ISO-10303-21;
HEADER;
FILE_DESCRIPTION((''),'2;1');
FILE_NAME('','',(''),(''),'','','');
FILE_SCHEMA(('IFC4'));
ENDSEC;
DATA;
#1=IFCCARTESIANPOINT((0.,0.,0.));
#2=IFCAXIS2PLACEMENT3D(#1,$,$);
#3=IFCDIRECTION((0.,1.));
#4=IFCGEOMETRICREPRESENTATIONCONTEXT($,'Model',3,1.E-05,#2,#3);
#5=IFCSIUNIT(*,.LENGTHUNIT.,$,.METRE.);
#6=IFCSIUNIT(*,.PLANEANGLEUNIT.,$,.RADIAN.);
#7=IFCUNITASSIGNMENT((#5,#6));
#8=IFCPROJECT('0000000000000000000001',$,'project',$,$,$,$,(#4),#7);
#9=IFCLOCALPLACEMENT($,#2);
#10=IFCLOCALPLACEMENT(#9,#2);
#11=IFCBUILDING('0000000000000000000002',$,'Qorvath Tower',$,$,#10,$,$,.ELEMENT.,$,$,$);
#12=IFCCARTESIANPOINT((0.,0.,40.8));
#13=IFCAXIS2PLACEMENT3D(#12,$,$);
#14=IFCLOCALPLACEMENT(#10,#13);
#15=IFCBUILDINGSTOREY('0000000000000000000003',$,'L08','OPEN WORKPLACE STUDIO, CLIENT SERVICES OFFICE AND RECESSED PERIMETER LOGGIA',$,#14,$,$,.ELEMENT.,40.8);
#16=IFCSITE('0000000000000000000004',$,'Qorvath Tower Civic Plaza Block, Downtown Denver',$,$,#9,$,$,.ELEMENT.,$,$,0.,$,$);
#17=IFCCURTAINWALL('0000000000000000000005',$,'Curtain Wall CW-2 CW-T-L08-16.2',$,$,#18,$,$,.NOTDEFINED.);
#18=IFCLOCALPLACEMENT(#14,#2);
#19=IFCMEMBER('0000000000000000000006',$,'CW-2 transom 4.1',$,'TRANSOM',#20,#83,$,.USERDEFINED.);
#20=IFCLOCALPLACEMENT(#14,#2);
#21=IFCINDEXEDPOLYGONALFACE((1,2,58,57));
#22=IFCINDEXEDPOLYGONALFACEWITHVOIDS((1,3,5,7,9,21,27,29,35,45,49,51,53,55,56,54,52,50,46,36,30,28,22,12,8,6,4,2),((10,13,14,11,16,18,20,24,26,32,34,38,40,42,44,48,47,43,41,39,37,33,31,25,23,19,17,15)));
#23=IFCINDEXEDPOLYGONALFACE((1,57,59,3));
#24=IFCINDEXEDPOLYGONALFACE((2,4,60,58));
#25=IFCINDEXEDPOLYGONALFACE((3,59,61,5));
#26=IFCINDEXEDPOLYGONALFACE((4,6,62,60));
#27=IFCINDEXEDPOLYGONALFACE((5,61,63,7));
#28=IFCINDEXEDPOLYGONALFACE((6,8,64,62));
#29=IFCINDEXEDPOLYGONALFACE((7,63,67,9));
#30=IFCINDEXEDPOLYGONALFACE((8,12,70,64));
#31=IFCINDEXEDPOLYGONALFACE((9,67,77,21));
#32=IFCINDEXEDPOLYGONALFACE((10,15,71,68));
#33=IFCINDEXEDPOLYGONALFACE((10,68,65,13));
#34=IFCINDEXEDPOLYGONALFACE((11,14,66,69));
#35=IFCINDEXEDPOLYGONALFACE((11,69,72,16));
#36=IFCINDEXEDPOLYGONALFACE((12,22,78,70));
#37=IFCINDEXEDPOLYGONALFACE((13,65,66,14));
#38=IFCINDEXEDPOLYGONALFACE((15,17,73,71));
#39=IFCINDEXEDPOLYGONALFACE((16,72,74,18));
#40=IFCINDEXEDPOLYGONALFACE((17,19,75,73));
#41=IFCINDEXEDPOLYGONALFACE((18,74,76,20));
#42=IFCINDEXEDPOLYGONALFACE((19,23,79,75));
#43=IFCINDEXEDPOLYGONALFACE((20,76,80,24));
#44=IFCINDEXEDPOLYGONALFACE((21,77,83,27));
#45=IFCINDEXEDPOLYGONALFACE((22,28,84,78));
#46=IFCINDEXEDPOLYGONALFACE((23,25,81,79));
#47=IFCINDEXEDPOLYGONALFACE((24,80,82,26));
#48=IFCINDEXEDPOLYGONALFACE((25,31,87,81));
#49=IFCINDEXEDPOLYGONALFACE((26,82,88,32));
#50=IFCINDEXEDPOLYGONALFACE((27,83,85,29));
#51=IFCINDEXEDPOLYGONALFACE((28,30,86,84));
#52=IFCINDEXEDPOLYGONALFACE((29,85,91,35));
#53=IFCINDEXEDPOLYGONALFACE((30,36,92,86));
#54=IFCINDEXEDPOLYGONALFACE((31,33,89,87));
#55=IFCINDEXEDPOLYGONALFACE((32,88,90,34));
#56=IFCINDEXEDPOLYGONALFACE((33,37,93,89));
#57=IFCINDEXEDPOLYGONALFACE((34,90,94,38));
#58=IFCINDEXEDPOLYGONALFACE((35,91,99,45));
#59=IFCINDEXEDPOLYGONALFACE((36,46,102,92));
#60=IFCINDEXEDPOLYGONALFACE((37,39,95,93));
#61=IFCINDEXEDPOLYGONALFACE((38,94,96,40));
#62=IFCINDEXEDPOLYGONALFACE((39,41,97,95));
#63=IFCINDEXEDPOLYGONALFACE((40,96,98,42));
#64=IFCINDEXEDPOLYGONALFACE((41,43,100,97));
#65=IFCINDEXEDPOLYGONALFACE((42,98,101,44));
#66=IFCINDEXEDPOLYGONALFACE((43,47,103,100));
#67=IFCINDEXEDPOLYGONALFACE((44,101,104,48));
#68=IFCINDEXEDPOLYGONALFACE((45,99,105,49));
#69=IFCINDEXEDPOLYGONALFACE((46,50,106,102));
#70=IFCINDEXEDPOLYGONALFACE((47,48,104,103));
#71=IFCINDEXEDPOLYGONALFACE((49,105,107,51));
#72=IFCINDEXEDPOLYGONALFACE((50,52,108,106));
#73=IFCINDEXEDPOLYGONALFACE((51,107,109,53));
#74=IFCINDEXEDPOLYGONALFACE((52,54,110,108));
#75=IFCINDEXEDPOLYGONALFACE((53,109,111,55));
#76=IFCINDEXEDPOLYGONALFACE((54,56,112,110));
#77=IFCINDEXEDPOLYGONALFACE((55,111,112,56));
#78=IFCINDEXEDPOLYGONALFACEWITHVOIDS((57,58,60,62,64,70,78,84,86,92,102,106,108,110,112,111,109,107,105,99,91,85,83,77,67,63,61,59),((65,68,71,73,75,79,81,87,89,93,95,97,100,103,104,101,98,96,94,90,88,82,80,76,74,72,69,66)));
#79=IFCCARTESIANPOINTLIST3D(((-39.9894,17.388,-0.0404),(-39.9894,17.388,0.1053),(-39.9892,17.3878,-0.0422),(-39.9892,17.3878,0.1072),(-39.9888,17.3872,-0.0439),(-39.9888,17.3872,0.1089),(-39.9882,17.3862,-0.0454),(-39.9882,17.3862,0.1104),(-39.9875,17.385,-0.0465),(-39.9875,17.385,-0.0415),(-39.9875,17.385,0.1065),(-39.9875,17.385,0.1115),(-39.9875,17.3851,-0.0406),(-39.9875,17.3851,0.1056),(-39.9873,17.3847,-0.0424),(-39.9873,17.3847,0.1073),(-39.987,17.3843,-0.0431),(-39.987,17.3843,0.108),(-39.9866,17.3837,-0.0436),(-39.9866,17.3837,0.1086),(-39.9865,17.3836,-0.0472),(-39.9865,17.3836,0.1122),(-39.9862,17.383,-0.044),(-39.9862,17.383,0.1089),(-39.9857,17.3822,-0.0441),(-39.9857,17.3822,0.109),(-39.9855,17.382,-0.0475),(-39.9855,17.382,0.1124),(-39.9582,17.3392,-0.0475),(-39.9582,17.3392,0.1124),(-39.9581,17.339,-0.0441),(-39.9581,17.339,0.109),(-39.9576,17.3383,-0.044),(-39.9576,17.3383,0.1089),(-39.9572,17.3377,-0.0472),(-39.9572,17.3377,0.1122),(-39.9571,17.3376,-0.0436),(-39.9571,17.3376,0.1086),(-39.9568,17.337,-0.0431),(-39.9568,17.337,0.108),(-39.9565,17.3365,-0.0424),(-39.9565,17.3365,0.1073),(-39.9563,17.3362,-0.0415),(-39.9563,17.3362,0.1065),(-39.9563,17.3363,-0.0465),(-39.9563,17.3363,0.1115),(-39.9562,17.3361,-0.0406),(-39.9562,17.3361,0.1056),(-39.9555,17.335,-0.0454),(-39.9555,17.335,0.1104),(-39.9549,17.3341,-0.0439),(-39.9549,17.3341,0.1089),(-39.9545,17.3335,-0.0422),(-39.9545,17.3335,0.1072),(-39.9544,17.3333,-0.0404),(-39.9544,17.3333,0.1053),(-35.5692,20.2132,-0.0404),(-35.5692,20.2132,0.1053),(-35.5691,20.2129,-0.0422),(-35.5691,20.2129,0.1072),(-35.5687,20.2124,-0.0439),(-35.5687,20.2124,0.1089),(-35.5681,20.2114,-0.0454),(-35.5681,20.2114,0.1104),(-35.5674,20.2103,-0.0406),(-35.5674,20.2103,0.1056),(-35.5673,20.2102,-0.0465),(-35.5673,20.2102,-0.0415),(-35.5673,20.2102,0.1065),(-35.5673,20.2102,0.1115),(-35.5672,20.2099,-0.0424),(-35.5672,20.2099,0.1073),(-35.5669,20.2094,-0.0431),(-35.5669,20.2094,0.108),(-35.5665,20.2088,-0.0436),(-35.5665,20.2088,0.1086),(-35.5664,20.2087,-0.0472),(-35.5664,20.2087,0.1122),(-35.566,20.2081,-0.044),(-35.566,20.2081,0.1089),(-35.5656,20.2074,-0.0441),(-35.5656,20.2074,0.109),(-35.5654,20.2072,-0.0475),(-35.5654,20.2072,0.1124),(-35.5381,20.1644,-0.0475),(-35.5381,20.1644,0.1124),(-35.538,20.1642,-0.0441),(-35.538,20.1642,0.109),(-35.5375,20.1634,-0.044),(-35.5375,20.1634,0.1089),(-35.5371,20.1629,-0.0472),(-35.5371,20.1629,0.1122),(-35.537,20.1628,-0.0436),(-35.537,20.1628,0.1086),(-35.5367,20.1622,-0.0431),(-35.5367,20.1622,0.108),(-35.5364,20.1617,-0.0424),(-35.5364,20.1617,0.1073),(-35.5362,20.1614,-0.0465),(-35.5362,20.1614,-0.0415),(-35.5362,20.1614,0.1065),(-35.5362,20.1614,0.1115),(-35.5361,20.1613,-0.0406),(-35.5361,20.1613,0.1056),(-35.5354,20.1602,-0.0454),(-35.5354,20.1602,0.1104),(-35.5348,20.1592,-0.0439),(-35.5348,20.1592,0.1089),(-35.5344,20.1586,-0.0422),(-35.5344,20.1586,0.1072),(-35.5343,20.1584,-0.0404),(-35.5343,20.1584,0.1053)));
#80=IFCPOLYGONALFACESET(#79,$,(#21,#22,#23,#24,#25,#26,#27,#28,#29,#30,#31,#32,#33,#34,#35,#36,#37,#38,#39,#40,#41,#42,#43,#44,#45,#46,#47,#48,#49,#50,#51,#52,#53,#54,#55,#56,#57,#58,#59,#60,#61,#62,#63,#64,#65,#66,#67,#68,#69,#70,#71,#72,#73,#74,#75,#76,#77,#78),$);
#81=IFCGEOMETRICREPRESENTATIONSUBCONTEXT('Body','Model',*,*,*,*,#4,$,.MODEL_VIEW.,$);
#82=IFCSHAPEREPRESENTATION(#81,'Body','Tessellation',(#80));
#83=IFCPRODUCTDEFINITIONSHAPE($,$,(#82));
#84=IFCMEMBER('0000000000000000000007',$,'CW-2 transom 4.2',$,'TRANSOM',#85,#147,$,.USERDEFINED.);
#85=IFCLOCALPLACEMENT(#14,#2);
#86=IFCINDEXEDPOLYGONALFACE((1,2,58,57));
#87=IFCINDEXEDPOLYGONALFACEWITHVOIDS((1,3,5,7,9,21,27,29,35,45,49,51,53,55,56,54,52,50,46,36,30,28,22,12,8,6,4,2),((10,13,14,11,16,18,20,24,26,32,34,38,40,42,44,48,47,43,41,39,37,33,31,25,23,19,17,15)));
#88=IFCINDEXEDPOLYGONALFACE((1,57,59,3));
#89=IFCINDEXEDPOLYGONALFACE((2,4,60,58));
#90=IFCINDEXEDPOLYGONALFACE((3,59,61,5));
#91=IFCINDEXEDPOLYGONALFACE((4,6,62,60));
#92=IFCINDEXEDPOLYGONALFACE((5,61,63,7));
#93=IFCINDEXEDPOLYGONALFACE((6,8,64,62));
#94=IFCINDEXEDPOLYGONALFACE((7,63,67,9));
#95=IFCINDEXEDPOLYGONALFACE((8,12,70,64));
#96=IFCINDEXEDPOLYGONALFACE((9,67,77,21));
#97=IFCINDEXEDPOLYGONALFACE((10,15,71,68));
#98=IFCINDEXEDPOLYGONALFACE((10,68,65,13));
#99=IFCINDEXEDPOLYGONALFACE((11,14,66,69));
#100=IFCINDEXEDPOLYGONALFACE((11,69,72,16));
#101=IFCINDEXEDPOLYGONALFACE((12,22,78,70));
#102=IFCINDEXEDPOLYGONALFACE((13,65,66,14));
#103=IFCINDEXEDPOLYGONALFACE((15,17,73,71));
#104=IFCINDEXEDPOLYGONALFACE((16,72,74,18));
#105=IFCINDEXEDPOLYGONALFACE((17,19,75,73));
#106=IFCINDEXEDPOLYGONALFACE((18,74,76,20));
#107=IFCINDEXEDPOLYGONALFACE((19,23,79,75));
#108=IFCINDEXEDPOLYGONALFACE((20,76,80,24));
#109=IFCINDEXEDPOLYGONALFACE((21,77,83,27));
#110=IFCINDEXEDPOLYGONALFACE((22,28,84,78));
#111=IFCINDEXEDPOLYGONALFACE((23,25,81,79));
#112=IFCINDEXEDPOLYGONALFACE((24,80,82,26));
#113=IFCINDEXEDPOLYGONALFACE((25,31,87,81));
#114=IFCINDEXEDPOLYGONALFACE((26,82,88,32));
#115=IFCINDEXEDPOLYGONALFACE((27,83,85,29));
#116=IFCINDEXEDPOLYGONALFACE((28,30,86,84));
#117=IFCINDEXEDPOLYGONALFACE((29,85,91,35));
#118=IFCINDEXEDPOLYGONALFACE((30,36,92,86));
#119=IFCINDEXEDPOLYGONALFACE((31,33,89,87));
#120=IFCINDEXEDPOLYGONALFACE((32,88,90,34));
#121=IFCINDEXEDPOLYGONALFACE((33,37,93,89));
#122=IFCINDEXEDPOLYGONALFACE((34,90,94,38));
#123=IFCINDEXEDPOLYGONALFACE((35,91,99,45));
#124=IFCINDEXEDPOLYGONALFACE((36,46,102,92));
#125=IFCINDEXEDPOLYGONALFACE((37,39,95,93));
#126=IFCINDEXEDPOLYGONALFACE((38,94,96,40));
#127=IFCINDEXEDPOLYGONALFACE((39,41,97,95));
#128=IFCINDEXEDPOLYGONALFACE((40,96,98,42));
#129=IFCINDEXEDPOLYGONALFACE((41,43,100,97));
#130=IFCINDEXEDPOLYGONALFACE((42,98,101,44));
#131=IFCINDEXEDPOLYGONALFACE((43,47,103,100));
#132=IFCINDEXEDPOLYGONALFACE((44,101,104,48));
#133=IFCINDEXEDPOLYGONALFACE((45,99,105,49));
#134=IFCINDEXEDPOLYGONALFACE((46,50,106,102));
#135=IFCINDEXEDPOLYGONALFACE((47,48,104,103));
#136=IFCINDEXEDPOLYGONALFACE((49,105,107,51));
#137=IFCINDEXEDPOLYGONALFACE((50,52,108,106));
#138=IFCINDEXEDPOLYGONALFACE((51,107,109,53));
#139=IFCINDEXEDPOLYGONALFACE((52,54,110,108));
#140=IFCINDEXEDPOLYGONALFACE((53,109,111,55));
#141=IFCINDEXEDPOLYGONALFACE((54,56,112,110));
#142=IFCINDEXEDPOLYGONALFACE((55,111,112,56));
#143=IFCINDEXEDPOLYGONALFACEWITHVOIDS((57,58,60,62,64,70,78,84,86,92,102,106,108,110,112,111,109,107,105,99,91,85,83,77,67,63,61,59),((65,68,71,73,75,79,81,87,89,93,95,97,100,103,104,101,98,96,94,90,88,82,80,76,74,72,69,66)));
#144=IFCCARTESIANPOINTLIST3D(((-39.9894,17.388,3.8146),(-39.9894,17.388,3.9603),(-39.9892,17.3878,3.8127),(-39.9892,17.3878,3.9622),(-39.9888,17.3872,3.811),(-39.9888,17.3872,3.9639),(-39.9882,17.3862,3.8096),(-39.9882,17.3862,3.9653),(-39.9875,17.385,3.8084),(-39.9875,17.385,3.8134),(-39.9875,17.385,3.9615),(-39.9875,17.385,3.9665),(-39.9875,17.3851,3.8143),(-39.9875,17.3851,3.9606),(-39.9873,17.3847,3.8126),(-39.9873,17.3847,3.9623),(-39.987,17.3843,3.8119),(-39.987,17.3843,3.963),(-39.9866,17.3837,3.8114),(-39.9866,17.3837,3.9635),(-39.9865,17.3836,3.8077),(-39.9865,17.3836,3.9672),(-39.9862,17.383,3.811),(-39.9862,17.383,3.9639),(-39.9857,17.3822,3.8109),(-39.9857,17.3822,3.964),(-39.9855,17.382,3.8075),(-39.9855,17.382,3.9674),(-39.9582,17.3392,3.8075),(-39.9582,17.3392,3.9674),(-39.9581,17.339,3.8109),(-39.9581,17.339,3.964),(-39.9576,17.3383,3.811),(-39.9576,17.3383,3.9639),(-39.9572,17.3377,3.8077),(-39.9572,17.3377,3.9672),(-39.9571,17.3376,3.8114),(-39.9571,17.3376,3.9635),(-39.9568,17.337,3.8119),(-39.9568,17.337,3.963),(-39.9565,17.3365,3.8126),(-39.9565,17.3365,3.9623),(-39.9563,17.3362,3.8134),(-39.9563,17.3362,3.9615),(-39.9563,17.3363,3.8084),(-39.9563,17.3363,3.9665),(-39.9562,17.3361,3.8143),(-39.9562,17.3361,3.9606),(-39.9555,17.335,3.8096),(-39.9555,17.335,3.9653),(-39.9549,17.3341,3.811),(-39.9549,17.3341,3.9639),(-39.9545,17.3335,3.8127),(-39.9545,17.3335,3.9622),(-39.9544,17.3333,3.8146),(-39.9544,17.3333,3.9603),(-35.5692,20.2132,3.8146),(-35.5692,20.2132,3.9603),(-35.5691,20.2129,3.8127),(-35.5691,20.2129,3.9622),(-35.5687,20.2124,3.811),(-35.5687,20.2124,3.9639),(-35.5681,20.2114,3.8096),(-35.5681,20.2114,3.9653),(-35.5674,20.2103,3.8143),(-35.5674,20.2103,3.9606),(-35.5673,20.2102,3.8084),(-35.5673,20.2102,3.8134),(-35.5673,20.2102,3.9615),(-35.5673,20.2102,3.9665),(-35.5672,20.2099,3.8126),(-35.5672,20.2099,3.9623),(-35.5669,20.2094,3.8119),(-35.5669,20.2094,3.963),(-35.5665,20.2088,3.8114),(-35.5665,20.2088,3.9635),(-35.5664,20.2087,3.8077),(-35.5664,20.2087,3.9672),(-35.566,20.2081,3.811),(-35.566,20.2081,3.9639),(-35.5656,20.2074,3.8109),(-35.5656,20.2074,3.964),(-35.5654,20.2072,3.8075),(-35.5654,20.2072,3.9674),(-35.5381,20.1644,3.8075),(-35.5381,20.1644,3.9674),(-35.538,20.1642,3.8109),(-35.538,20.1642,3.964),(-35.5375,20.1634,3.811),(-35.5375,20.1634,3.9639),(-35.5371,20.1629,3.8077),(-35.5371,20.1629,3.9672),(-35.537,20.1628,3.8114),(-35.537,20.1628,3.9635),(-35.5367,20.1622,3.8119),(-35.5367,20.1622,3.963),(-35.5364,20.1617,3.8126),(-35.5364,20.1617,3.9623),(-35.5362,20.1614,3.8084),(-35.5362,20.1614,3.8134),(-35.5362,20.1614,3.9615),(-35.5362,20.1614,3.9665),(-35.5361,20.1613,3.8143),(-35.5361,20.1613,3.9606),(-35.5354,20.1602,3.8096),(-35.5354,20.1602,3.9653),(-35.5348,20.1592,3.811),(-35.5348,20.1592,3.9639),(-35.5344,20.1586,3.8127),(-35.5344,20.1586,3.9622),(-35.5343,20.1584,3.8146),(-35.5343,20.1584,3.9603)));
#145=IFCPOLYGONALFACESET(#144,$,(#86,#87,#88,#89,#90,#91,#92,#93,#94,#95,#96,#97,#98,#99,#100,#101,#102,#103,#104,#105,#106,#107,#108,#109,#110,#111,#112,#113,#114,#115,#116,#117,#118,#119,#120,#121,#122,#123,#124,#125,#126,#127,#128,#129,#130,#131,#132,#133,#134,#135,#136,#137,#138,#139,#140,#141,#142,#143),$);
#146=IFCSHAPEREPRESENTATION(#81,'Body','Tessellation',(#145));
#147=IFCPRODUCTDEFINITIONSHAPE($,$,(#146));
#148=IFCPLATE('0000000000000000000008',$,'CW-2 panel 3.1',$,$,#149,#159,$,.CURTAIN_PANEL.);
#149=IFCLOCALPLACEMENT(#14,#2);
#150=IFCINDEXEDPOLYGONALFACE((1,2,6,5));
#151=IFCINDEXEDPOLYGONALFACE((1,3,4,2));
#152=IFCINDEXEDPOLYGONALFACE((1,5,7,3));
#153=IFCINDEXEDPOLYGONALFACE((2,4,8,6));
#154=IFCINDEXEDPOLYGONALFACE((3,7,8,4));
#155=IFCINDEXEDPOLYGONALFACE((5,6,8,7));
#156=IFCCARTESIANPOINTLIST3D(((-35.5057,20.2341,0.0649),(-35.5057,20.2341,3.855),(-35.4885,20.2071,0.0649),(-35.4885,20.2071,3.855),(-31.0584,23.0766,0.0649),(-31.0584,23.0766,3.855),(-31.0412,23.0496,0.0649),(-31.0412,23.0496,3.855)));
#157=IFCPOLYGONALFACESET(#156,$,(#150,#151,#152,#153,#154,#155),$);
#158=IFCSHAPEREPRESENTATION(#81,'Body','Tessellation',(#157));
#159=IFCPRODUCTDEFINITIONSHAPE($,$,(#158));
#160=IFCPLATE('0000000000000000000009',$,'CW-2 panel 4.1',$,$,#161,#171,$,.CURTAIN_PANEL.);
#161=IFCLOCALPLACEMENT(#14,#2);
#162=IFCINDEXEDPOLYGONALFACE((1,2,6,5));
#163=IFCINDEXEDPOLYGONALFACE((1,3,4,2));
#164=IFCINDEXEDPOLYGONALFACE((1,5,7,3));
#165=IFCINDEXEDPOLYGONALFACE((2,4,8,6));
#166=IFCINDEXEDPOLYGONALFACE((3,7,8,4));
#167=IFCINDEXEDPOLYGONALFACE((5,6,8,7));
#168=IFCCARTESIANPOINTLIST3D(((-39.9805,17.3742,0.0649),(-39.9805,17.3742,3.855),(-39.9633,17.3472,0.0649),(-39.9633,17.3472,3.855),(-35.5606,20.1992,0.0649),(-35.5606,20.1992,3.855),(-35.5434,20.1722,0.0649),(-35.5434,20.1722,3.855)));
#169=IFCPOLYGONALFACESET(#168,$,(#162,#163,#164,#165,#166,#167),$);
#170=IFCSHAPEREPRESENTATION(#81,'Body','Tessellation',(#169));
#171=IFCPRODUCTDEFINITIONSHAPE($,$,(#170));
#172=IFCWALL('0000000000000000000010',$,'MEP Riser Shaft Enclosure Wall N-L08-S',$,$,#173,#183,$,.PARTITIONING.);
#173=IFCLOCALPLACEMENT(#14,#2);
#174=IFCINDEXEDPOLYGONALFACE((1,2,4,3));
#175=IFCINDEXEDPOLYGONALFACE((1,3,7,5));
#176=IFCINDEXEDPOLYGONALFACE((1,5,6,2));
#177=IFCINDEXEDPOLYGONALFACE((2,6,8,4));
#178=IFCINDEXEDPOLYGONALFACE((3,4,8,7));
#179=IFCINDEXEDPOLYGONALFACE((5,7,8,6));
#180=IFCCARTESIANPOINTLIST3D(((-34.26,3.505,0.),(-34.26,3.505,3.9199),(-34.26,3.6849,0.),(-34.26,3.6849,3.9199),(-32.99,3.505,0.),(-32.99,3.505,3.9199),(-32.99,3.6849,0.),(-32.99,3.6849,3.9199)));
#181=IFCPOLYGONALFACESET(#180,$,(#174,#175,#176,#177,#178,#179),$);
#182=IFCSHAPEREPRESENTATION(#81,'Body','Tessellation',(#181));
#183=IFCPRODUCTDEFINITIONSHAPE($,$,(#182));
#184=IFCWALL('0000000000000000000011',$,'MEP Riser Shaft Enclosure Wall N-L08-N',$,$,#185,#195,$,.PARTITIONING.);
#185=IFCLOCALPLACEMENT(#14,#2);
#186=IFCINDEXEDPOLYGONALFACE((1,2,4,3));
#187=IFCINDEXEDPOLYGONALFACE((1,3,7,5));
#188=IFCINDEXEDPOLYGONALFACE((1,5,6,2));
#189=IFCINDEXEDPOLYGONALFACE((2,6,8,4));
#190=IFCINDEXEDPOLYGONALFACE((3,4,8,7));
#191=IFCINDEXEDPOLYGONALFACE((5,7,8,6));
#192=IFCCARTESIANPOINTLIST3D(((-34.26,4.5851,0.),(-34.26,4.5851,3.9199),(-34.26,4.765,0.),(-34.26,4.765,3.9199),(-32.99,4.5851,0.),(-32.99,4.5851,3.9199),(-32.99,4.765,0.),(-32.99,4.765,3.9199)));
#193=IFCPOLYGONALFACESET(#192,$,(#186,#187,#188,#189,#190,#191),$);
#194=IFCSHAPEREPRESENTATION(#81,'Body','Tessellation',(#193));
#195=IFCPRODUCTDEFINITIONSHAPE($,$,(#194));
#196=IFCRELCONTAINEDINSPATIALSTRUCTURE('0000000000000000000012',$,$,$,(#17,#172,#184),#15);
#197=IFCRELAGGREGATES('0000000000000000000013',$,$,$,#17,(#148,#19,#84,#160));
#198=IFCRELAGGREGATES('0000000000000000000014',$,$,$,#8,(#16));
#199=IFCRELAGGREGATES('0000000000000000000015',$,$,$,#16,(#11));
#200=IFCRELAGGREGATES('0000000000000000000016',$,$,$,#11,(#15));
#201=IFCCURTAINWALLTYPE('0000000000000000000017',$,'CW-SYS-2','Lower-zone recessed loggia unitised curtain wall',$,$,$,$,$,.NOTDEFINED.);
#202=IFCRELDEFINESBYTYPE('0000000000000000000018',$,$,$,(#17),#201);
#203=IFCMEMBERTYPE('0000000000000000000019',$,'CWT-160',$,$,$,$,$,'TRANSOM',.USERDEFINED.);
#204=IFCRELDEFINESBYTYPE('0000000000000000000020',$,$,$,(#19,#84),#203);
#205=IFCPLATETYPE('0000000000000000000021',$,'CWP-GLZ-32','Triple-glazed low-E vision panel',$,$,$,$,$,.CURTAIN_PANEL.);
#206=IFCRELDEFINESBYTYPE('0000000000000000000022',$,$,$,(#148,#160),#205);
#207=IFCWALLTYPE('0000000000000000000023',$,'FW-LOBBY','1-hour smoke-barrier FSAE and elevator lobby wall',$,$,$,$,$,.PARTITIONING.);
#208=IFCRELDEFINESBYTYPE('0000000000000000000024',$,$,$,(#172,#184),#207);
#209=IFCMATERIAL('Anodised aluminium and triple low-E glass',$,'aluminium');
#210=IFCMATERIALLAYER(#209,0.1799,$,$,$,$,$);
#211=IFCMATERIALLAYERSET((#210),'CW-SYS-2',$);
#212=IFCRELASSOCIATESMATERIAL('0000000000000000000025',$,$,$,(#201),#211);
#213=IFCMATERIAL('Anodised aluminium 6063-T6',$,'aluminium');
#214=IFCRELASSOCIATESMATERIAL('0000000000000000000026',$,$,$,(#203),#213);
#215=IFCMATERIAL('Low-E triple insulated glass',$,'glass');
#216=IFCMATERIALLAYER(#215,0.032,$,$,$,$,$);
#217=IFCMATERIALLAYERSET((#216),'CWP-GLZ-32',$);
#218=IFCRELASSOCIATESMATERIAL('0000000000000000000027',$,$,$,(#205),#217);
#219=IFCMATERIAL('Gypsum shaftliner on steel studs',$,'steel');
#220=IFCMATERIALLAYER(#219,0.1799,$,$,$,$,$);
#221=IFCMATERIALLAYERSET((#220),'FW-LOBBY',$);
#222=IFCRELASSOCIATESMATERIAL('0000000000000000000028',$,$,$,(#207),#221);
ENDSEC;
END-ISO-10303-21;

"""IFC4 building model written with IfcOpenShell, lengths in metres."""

from ifc_helpers import new_model, si_unit, direction, frame, frame_2d, origin, origin_2d, place, context, subcontext, project, spatial, rectangle, hollow_rectangle, extrude, material, layer, layer_set, material_profile, profile_set, type_object, element, aggregate, save


model = new_model("IFC4")

# Units and contexts
model_context = context("Model", 3, precision=1e-05, world=origin(), true_north=direction((0.0, 1.0)))
body_context = subcontext(model_context, "Body", "Model", "MODEL_VIEW")
ifc_project = project(units=[si_unit("LENGTHUNIT", "METRE"), si_unit("PLANEANGLEUNIT", "RADIAN")], contexts=[model_context])

# Site, building, storey
site_placement = place(None, origin())
site = spatial("IfcSite", under=ifc_project, at=site_placement, Name="Qorvath Tower Civic Plaza Block, Downtown Denver", CompositionType="ELEMENT", RefElevation=0.0)
building_placement = place(site_placement, origin())
building = spatial("IfcBuilding", under=site, at=building_placement, Name="Qorvath Tower", CompositionType="ELEMENT")
storey_placement = place(building_placement, frame((0.0, 0.0, 40.8)))
storey = spatial("IfcBuildingStorey", under=building, at=storey_placement, Name="L08", Description="OPEN WORKPLACE STUDIO, CLIENT SERVICES OFFICE AND RECESSED PERIMETER LOGGIA", CompositionType="ELEMENT", Elevation=40.8)

# Curtain wall, members, plates
ifc_material_1 = material(Name="Anodised aluminium and triple low-E glass", Category="aluminium")
ifc_layer_1 = layer(ifc_material_1, 0.1799)
ifc_layer_set_1 = layer_set([ifc_layer_1], Name="CW-SYS-2")
curtain_wall_type = type_object("IfcCurtainWallType", Name="CW-SYS-2", Description="Lower-zone recessed loggia unitised curtain wall", PredefinedType="NOTDEFINED", material=ifc_layer_set_1)
curtain_wall_placement = place(storey_placement, origin())
curtain_wall = element("IfcCurtainWall", 1, at=curtain_wall_placement, inside=storey, type_object=curtain_wall_type, Name="Curtain Wall CW-2 CW-T-L08-16.2", PredefinedType="NOTDEFINED")
ifc_material_2 = material(Name="Anodised aluminium 6063-T6", Category="aluminium")
ifc_material_profile_1 = material_profile(ifc_material_2, hollow_rectangle(XDim=0.0649, YDim=0.1599, WallThickness=0.0034, InnerFilletRadius=0.0034, OuterFilletRadius=0.0071, at=origin_2d()), Name="CWT 160x65")
ifc_profile_set_1 = profile_set([ifc_material_profile_1], Name="Anodised aluminium 6063-T6")
member_type_1 = type_object("IfcMemberType", Name="CWT-160", ElementType="TRANSOM", PredefinedType="USERDEFINED", material=ifc_profile_set_1)
member_1_placement = place(storey_placement, frame((-35.5518, 20.1858, 0.0325), z_axis=(-0.842592, -0.538552, 0.0), x_axis=(0.538552, -0.842592, 0.0)))
member_1 = element("IfcMember", 2, at=member_1_placement, type_object=member_type_1, Name="CW-2 transom 4.1", ObjectType="TRANSOM", PredefinedType="USERDEFINED", context=body_context, shape_type="SweptSolid", body=[
    extrude(hollow_rectangle(XDim=0.0649, YDim=0.1599, WallThickness=0.0034, InnerFilletRadius=0.0034, OuterFilletRadius=0.0071, at=origin_2d()), origin(), (0.0, 0.0, 1.0), 5.2458),
])
member_2_placement = place(storey_placement, frame((-35.5518, 20.1858, 3.8875), z_axis=(-0.842592, -0.538552, 0.0), x_axis=(0.538552, -0.842592, 0.0)))
member_2 = element("IfcMember", 3, at=member_2_placement, type_object=member_type_1, Name="CW-2 transom 4.2", ObjectType="TRANSOM", PredefinedType="USERDEFINED", context=body_context, shape_type="SweptSolid", body=[
    extrude(hollow_rectangle(XDim=0.0649, YDim=0.1599, WallThickness=0.0034, InnerFilletRadius=0.0034, OuterFilletRadius=0.0071, at=origin_2d()), origin(), (0.0, 0.0, 1.0), 5.2458),
])
ifc_material_3 = material(Name="Low-E triple insulated glass", Category="glass")
ifc_layer_2 = layer(ifc_material_3, 0.032)
ifc_layer_set_2 = layer_set([ifc_layer_2], Name="CWP-GLZ-32")
plate_type = type_object("IfcPlateType", Name="CWP-GLZ-32", Description="Triple-glazed low-E vision panel", PredefinedType="CURTAIN_PANEL", material=ifc_layer_set_2)
plate_1_placement = place(storey_placement, frame((-33.2734, 21.6418, 0.0649), z_axis=(0.0, 0.0, 1.0), x_axis=(-0.842599, -0.538541, 0.0)))
plate_1 = element("IfcPlate", 4, at=plate_1_placement, type_object=plate_type, Name="CW-2 panel 3.1", PredefinedType="CURTAIN_PANEL", context=body_context, shape_type="SweptSolid", body=[
    extrude(rectangle(XDim=5.2781, YDim=0.032, at=origin_2d()), origin(), (0.0, 0.0, 1.0), 3.79),
])
plate_2_placement = place(storey_placement, frame((-37.762, 18.7732, 0.0649), z_axis=(0.0, 0.0, 1.0), x_axis=(-0.842599, -0.538541, 0.0)))
plate_2 = element("IfcPlate", 5, at=plate_2_placement, type_object=plate_type, Name="CW-2 panel 4.1", PredefinedType="CURTAIN_PANEL", context=body_context, shape_type="SweptSolid", body=[
    extrude(rectangle(XDim=5.2456, YDim=0.032, at=origin_2d()), origin(), (0.0, 0.0, 1.0), 3.79),
])
aggregate(curtain_wall, [plate_1, member_1, member_2, plate_2])

# Walls
ifc_material_4 = material(Name="Gypsum shaftliner on steel studs", Category="steel")
ifc_layer_3 = layer(ifc_material_4, 0.1799)
ifc_layer_set_3 = layer_set([ifc_layer_3], Name="FW-LOBBY")
wall_type_1 = type_object("IfcWallType", Name="FW-LOBBY", Description="1-hour smoke-barrier FSAE and elevator lobby wall", PredefinedType="PARTITIONING", material=ifc_layer_set_3)
for number, where, z_axis, x_axis, name in (
    (6, (-32.99, 3.595, 0.0), (0.0, 0.0, 1.0), (-1.0, 0.0, 0.0), "MEP Riser Shaft Enclosure Wall N-L08-S"),
    (7, (-34.26, 4.675, 0.0), (0.0, 0.0, 1.0), (1.0, 0.0, 0.0), "MEP Riser Shaft Enclosure Wall N-L08-N"),
):
    element("IfcWall", number, at=place(storey_placement, frame(where, z_axis=z_axis, x_axis=x_axis)), inside=storey, type_object=wall_type_1, Name=name, PredefinedType="PARTITIONING", context=body_context, shape_type="SweptSolid", body=[
        extrude(rectangle(XDim=1.27, YDim=0.1799, at=frame_2d((0.635, 0.0))), origin(), (0.0, 0.0, 1.0), 3.9199),
    ])

save(model, "model.ifc")
